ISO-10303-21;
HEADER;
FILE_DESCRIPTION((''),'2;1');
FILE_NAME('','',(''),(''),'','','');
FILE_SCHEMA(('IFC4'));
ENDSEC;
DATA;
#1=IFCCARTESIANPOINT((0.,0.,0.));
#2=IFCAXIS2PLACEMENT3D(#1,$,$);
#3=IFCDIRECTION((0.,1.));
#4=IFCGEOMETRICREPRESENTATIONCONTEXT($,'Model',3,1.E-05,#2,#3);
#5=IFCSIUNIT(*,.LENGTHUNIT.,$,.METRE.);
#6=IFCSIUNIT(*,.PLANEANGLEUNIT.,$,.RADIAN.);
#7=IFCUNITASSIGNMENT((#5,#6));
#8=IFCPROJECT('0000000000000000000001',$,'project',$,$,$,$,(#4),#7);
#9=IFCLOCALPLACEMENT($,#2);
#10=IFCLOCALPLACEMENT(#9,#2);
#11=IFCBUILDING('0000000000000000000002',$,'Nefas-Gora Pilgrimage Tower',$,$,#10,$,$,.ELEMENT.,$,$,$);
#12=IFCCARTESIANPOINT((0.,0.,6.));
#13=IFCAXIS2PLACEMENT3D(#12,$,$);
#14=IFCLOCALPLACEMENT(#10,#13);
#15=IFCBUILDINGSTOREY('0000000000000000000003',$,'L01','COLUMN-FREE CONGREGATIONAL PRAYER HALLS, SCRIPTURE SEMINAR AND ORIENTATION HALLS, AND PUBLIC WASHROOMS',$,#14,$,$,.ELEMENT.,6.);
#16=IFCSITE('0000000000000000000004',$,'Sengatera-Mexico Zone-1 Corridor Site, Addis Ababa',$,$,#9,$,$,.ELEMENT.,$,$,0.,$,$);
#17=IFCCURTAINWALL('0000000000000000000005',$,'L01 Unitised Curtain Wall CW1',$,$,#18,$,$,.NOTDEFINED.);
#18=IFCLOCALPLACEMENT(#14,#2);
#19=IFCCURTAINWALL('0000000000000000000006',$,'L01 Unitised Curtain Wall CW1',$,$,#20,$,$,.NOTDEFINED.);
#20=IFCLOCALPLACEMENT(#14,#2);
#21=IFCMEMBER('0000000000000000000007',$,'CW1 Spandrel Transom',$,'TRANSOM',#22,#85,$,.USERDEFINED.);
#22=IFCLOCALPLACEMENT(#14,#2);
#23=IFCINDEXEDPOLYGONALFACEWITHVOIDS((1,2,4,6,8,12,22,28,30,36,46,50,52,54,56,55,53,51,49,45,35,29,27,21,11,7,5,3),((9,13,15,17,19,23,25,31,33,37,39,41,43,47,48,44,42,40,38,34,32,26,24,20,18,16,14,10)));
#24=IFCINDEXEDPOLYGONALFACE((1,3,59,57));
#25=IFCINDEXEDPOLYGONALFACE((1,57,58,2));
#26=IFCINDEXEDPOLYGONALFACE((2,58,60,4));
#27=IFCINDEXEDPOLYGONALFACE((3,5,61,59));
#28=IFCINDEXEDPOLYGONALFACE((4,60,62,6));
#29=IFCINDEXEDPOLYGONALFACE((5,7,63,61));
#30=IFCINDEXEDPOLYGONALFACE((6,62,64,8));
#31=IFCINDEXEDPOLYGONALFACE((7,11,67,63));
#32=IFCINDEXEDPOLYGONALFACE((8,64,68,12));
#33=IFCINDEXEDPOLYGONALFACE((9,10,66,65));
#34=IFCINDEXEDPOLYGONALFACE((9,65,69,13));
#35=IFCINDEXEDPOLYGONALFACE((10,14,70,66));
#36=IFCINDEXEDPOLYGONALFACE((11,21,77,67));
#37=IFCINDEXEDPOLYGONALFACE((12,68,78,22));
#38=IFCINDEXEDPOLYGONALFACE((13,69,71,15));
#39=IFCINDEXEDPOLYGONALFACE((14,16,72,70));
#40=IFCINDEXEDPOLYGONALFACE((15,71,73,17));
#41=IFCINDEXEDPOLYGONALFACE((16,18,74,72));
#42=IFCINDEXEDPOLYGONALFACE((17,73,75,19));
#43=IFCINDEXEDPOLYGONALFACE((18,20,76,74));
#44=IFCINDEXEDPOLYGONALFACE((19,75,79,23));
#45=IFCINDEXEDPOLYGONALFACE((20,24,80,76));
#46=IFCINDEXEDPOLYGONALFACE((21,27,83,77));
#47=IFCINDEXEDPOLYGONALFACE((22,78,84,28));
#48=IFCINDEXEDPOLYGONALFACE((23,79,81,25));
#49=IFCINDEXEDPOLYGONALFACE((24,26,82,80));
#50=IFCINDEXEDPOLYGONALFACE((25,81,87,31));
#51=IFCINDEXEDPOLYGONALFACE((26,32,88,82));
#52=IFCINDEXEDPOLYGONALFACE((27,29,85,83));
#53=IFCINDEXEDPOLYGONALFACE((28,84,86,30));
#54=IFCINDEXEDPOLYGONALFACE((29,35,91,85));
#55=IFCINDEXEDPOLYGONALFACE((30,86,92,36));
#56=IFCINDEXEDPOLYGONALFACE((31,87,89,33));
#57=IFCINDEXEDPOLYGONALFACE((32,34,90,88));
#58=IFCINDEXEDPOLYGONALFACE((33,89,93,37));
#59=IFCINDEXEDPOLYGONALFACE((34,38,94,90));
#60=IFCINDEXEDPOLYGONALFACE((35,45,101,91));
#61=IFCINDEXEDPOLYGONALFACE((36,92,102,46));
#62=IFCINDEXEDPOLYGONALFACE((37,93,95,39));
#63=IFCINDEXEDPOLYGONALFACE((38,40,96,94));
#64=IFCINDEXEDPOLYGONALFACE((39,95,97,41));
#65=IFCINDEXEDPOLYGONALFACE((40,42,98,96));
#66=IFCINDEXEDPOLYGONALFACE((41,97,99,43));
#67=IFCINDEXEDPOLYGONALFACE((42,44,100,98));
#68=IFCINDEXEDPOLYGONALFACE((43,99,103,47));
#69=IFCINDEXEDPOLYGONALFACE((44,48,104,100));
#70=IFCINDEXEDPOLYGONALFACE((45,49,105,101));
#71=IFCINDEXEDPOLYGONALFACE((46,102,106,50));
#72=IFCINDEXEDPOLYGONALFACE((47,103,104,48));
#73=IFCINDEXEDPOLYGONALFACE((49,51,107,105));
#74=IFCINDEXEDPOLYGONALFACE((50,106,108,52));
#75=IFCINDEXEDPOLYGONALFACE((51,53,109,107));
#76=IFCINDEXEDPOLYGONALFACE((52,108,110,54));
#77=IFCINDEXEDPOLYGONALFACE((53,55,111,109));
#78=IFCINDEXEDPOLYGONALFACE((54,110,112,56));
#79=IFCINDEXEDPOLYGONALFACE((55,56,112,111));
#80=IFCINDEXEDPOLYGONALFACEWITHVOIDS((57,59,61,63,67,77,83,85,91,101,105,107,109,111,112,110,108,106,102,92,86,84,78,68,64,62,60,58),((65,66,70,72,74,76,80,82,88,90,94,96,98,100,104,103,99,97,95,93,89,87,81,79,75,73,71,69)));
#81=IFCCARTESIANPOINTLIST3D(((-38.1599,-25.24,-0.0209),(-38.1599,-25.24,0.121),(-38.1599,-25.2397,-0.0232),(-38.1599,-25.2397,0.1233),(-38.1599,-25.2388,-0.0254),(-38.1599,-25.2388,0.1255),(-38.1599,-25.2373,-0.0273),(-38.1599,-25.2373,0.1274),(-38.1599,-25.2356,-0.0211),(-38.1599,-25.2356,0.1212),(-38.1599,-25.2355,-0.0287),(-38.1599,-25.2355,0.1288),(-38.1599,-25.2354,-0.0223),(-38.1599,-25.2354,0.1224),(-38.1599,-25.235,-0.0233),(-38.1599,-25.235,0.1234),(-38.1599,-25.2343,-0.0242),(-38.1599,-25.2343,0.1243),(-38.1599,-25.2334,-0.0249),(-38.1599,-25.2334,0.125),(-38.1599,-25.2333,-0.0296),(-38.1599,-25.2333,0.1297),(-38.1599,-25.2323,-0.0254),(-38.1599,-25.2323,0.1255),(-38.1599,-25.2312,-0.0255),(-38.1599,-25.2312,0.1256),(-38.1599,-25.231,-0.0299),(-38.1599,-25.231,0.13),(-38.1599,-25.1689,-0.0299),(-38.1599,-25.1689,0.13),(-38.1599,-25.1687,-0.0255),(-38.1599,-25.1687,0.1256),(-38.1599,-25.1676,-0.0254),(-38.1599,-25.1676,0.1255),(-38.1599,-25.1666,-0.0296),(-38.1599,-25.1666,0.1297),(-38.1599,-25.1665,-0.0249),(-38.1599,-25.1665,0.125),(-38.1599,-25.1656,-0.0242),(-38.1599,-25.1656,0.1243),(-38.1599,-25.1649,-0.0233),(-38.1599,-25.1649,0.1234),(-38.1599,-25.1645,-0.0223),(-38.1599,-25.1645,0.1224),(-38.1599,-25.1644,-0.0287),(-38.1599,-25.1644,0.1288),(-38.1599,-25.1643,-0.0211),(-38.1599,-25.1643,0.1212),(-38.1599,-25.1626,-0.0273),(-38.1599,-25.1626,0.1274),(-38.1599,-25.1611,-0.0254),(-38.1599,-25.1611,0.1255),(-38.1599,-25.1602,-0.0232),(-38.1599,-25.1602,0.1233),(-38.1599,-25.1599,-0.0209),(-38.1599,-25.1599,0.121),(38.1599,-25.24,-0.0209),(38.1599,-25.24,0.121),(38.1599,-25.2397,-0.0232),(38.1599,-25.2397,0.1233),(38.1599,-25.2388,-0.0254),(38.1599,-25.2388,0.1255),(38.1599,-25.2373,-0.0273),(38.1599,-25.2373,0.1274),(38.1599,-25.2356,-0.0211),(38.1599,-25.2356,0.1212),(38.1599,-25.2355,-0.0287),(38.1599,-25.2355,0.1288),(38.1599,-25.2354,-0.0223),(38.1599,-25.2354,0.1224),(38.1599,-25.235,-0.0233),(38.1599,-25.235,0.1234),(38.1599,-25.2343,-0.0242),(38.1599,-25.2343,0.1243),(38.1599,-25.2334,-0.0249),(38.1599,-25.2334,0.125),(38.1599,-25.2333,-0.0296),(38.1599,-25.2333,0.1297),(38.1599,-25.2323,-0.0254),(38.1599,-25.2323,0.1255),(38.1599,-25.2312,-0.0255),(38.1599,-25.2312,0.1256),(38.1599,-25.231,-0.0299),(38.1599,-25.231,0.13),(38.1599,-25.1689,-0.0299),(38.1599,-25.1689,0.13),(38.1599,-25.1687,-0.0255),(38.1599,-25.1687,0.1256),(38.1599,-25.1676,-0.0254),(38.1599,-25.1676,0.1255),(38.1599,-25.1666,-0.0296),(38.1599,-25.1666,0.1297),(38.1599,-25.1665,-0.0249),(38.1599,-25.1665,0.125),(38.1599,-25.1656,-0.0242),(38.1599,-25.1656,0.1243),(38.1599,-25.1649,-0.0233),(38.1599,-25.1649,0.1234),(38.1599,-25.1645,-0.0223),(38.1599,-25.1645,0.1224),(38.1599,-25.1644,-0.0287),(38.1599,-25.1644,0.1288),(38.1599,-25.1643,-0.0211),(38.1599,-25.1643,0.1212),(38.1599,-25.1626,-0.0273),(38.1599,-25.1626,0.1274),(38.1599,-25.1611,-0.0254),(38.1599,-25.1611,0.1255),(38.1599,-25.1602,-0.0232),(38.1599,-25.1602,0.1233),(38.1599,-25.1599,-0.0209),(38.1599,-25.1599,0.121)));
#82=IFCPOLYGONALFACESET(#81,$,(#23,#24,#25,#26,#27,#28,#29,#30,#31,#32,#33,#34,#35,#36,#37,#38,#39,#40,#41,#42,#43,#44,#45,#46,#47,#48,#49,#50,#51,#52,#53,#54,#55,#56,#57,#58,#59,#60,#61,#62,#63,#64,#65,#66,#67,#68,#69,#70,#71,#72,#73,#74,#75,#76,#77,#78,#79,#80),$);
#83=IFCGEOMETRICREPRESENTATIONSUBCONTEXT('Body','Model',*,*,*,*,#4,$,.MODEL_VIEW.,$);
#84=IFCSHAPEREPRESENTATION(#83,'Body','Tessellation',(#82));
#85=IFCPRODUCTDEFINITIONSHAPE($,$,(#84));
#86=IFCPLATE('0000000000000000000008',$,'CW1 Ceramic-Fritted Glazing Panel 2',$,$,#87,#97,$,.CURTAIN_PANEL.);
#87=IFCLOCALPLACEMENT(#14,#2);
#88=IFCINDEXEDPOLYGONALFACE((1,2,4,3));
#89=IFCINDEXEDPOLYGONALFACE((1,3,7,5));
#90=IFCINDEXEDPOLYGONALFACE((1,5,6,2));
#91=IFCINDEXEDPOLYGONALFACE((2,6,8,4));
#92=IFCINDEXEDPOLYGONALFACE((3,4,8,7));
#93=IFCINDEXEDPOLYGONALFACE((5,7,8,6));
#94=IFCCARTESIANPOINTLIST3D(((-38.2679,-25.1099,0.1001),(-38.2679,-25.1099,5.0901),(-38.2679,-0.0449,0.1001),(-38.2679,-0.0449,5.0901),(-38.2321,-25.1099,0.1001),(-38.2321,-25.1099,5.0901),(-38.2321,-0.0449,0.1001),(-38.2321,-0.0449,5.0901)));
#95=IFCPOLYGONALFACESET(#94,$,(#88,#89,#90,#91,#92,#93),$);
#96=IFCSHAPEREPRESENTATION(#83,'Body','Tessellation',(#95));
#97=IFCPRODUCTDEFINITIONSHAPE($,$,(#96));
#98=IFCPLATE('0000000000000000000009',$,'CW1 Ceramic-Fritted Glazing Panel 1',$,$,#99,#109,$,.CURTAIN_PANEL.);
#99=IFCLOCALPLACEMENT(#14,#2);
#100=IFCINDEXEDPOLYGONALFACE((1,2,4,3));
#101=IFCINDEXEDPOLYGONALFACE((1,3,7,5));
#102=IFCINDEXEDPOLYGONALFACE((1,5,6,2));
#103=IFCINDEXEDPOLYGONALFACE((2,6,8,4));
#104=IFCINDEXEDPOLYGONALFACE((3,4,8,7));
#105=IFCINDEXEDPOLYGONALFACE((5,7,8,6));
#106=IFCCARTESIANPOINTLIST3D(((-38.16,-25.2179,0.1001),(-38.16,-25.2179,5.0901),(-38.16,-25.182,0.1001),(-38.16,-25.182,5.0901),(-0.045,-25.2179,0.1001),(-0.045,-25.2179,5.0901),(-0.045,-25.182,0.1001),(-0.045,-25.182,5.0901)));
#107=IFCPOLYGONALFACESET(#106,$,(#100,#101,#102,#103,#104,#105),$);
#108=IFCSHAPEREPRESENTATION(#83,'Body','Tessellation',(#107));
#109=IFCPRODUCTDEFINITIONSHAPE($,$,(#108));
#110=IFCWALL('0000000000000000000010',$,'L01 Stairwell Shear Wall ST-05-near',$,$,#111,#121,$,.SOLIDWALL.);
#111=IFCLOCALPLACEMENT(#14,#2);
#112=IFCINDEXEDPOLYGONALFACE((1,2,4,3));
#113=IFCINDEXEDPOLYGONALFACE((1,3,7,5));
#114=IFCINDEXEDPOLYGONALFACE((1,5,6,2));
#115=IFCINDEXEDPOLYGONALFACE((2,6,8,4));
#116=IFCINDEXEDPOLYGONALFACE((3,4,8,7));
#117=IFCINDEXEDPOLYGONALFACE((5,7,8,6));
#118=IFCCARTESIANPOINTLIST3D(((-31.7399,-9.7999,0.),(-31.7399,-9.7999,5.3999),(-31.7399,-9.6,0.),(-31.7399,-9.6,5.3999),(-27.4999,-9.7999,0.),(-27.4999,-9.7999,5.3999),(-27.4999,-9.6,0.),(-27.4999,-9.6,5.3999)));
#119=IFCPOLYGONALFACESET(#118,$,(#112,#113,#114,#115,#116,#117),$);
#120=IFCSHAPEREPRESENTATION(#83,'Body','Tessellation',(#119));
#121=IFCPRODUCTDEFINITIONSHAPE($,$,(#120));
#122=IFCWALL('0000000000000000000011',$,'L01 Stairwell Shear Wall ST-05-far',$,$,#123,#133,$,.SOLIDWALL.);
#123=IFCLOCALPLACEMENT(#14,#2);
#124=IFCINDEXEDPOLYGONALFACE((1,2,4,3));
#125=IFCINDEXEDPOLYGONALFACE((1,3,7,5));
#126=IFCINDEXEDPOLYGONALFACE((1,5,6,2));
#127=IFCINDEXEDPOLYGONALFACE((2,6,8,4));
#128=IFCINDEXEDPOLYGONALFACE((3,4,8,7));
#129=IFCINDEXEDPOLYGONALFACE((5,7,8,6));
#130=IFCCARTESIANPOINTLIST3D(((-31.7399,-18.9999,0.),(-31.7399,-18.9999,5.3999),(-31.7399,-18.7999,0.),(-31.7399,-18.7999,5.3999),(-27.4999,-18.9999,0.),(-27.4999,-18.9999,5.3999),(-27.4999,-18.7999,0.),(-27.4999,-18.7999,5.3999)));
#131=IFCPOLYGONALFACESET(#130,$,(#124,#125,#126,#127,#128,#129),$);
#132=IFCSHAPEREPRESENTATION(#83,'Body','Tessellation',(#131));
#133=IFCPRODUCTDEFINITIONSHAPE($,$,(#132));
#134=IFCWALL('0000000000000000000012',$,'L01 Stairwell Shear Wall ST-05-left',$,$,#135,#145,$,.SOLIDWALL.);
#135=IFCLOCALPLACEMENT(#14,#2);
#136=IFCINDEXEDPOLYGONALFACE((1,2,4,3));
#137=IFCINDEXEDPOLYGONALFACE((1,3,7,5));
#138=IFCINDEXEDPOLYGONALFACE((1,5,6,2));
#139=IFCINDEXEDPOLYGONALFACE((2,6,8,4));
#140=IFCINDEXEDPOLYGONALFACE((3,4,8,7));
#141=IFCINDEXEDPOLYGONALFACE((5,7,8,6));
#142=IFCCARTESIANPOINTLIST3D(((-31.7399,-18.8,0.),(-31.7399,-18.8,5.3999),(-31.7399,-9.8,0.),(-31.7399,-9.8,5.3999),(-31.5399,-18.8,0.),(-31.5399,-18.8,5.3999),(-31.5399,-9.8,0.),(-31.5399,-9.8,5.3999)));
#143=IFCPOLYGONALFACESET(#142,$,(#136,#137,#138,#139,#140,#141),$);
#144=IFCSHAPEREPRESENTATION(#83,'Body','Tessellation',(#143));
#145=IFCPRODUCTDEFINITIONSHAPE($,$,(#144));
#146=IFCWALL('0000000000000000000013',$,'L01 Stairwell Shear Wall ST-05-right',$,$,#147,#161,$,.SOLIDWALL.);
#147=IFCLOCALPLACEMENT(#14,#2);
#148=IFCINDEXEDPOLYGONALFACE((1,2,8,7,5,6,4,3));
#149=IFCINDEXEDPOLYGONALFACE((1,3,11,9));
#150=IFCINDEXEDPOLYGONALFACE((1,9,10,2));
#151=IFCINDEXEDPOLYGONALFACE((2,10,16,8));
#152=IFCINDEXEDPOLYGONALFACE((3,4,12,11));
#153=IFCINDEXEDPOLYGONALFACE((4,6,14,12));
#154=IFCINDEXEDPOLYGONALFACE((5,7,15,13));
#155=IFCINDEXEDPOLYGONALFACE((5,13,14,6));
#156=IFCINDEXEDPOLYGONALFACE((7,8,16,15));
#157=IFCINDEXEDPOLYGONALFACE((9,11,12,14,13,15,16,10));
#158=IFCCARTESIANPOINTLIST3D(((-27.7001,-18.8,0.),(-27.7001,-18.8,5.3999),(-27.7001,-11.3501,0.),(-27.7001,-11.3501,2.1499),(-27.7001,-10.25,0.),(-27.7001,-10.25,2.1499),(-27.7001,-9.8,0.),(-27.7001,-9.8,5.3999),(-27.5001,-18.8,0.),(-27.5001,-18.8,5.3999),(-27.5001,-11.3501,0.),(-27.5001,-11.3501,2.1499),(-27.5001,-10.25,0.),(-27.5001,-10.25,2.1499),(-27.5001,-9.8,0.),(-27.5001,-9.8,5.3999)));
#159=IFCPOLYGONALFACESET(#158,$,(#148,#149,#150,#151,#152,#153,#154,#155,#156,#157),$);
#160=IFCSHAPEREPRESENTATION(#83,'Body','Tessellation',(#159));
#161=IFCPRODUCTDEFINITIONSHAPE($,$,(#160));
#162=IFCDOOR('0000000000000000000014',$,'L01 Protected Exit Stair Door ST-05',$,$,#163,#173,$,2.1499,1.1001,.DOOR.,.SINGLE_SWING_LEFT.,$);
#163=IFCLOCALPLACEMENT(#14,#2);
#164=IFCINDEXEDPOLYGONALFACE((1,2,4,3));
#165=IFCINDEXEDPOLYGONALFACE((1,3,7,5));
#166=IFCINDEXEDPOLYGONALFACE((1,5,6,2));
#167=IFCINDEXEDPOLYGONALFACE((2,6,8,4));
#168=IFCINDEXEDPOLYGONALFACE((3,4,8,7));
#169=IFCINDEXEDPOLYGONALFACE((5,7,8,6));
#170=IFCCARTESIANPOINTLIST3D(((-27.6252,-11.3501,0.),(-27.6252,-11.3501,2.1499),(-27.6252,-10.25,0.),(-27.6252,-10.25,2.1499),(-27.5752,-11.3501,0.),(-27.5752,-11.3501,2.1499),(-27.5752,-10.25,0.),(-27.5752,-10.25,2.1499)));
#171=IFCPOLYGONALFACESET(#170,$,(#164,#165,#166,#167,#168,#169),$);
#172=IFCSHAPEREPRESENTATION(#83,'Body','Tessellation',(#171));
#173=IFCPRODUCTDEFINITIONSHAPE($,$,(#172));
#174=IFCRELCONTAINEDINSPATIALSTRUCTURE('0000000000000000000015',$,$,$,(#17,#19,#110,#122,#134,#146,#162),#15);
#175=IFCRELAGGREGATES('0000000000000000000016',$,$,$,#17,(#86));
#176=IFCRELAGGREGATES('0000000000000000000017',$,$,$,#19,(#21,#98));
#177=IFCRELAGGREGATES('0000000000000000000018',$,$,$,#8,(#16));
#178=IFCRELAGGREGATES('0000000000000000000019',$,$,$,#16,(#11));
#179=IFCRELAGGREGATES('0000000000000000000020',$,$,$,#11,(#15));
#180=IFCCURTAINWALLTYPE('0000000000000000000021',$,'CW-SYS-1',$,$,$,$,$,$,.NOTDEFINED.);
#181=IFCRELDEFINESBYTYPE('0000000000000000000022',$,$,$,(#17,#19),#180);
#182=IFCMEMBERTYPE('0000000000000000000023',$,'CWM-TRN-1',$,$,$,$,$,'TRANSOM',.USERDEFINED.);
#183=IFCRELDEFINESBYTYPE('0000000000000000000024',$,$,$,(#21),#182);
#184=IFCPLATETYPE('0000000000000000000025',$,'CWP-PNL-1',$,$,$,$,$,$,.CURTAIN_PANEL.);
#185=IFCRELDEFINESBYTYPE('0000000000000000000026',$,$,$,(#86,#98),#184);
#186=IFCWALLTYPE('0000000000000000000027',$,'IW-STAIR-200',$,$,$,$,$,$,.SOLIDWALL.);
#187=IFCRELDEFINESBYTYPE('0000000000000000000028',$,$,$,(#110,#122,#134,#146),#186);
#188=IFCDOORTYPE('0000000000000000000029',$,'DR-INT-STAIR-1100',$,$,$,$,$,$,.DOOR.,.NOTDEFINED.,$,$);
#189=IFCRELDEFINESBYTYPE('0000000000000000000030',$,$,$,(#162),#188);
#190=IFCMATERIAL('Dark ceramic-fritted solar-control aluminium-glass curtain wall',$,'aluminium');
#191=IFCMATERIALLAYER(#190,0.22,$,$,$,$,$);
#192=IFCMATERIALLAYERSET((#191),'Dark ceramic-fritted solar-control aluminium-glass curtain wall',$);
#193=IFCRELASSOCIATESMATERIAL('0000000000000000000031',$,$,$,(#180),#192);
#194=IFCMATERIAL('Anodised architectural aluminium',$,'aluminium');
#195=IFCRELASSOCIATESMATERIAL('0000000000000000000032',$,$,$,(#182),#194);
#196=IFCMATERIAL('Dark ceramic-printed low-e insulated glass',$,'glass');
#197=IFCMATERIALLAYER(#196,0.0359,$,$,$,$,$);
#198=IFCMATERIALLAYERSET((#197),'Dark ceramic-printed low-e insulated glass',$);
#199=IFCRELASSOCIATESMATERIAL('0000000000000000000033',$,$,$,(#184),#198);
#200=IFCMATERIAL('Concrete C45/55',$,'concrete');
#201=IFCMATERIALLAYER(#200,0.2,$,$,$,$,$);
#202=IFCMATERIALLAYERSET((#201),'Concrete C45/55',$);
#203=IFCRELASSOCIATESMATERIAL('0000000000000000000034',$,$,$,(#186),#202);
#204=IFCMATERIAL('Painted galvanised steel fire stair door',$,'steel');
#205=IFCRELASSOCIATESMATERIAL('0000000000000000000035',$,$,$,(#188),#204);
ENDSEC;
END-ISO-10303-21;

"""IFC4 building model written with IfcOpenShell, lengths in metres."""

from ifc_helpers import new_model, si_unit, direction, frame, frame_2d, origin, origin_2d, place, context, subcontext, project, spatial, rectangle, hollow_rectangle, extrude, source, transform, mapped, material, layer, layer_set, material_profile, profile_set, type_object, element, fill, aggregate, save


model = new_model("IFC4")

# Units and contexts
model_context = context("Model", 3, precision=1e-05, world=origin(), true_north=direction((0.0, 1.0)))
body_context = subcontext(model_context, "Body", "Model", "MODEL_VIEW")
ifc_project = project(units=[si_unit("LENGTHUNIT", "METRE"), si_unit("PLANEANGLEUNIT", "RADIAN")], contexts=[model_context])

# Site, building, storey
site_placement = place(None, origin())
site = spatial("IfcSite", under=ifc_project, at=site_placement, Name="Sengatera-Mexico Zone-1 Corridor Site, Addis Ababa", CompositionType="ELEMENT", RefElevation=0.0)
building_placement = place(site_placement, origin())
building = spatial("IfcBuilding", under=site, at=building_placement, Name="Nefas-Gora Pilgrimage Tower", CompositionType="ELEMENT")
storey_placement = place(building_placement, frame((0.0, 0.0, 6.0)))
storey = spatial("IfcBuildingStorey", under=building, at=storey_placement, Name="L01", Description="COLUMN-FREE CONGREGATIONAL PRAYER HALLS, SCRIPTURE SEMINAR AND ORIENTATION HALLS, AND PUBLIC WASHROOMS", CompositionType="ELEMENT", Elevation=6.0)

# Curtain wall
ifc_material_1 = material(Name="Dark ceramic-fritted solar-control aluminium-glass curtain wall", Category="aluminium")
ifc_layer_1 = layer(ifc_material_1, 0.22)
ifc_layer_set_1 = layer_set([ifc_layer_1], Name="Dark ceramic-fritted solar-control aluminium-glass curtain wall")
curtain_wall_type = type_object("IfcCurtainWallType", Name="CW-SYS-1", PredefinedType="NOTDEFINED", material=ifc_layer_set_1)
curtain_wall_1_placement = place(storey_placement, origin())
curtain_wall_1 = element("IfcCurtainWall", 1, at=curtain_wall_1_placement, inside=storey, type_object=curtain_wall_type, Name="L01 Unitised Curtain Wall CW1", PredefinedType="NOTDEFINED")
ifc_material_2 = material(Name="Anodised architectural aluminium", Category="aluminium")

# Curtain wall, member
curtain_wall_2_placement = place(storey_placement, origin())
curtain_wall_2 = element("IfcCurtainWall", 2, at=curtain_wall_2_placement, inside=storey, type_object=curtain_wall_type, Name="L01 Unitised Curtain Wall CW1", PredefinedType="NOTDEFINED")
ifc_material_profile_1 = material_profile(ifc_material_2, hollow_rectangle(XDim=0.0801, YDim=0.1599, WallThickness=0.0044, InnerFilletRadius=0.0044, OuterFilletRadius=0.009, at=origin_2d()), Name="ALU TRANSOM 80x160")
ifc_profile_set_1 = profile_set([ifc_material_profile_1], Name="Anodised architectural aluminium")
member_type_1 = type_object("IfcMemberType", Name="CWM-TRN-1", ElementType="TRANSOM", PredefinedType="USERDEFINED", material=ifc_profile_set_1)
shared_shape_1 = source(origin(), body_context, "Body", "SweptSolid", [
    extrude(hollow_rectangle(XDim=0.0801, YDim=0.1599, WallThickness=0.0044, InnerFilletRadius=0.0044, OuterFilletRadius=0.009, at=origin_2d()), origin(), (0.0, 0.0, 1.0), 76.3198),
])
member_1_placement = place(storey_placement, frame((-38.1599, -25.2, 0.05), z_axis=(1.0, 0.0, 0.0), x_axis=(0.0, 1.0, 0.0)))
member_1 = element("IfcMember", 3, at=member_1_placement, type_object=member_type_1, Name="CW1 Spandrel Transom", ObjectType="TRANSOM", PredefinedType="USERDEFINED", context=body_context, shape_type="MappedRepresentation", body=[
    mapped(shared_shape_1, transform((0.0, 0.0, 0.0), x_axis=(1.0, 0.0, 0.0), y_axis=(0.0, 1.0, 0.0), z_axis=(0.0, 0.0, 1.0), scale=1.0)),
])

# Plates
ifc_material_3 = material(Name="Dark ceramic-printed low-e insulated glass", Category="glass")
ifc_layer_2 = layer(ifc_material_3, 0.0359)
ifc_layer_set_2 = layer_set([ifc_layer_2], Name="Dark ceramic-printed low-e insulated glass")
plate_type = type_object("IfcPlateType", Name="CWP-PNL-1", PredefinedType="CURTAIN_PANEL", material=ifc_layer_set_2)
shared_shape_2 = source(origin(), body_context, "Body", "SweptSolid", [
    extrude(rectangle(XDim=25.0649, YDim=0.0359, at=origin_2d()), origin(), (0.0, 0.0, 1.0), 4.99),
])
plate_1_placement = place(storey_placement, frame((-38.25, -12.5774, 0.1001), z_axis=(0.0, 0.0, 1.0), x_axis=(0.0, -1.0, 0.0)))
plate_1 = element("IfcPlate", 4, at=plate_1_placement, type_object=plate_type, Name="CW1 Ceramic-Fritted Glazing Panel 2", PredefinedType="CURTAIN_PANEL", context=body_context, shape_type="MappedRepresentation", body=[
    mapped(shared_shape_2, transform((0.0, 0.0, 0.0), x_axis=(1.0, 0.0, 0.0), y_axis=(0.0, 1.0, 0.0), z_axis=(0.0, 0.0, 1.0), scale=1.0)),
])
aggregate(curtain_wall_1, [plate_1])
shared_shape_3 = source(origin(), body_context, "Body", "SweptSolid", [
    extrude(rectangle(XDim=38.115, YDim=0.0359, at=origin_2d()), origin(), (0.0, 0.0, 1.0), 4.99),
])
plate_2_placement = place(storey_placement, frame((-19.1025, -25.2, 0.1001), z_axis=(0.0, 0.0, 1.0), x_axis=(1.0, 0.0, 0.0)))
plate_2 = element("IfcPlate", 5, at=plate_2_placement, type_object=plate_type, Name="CW1 Ceramic-Fritted Glazing Panel 1", PredefinedType="CURTAIN_PANEL", context=body_context, shape_type="MappedRepresentation", body=[
    mapped(shared_shape_3, transform((0.0, 0.0, 0.0), x_axis=(1.0, 0.0, 0.0), y_axis=(0.0, 1.0, 0.0), z_axis=(0.0, 0.0, 1.0), scale=1.0)),
])
aggregate(curtain_wall_2, [member_1, plate_2])

# Walls
ifc_material_4 = material(Name="Concrete C45/55", Category="concrete")
ifc_layer_3 = layer(ifc_material_4, 0.2)
ifc_layer_set_3 = layer_set([ifc_layer_3], Name="Concrete C45/55")
wall_type_1 = type_object("IfcWallType", Name="IW-STAIR-200", PredefinedType="SOLIDWALL", material=ifc_layer_set_3)
shared_shape_4 = source(origin(), body_context, "Body", "SweptSolid", [
    extrude(rectangle(XDim=4.24, YDim=0.2, at=frame_2d((2.1201, 0.0))), origin(), (0.0, 0.0, 1.0), 5.3999),
])
for number, where, z_axis, x_axis, name in (
    (6, (-31.74, -9.7, 0.0), (0.0, 0.0, 1.0), (1.0, 0.0, 0.0), "L01 Stairwell Shear Wall ST-05-near"),
    (7, (-31.74, -18.8999, 0.0), (0.0, 0.0, 1.0), (1.0, 0.0, 0.0), "L01 Stairwell Shear Wall ST-05-far"),
):
    element("IfcWall", number, at=place(storey_placement, frame(where, z_axis=z_axis, x_axis=x_axis)), inside=storey, type_object=wall_type_1, Name=name, PredefinedType="SOLIDWALL", context=body_context, shape_type="MappedRepresentation", body=[
        mapped(shared_shape_4, transform((0.0, 0.0, 0.0), x_axis=(1.0, 0.0, 0.0), y_axis=(0.0, 1.0, 0.0), z_axis=(0.0, 0.0, 1.0), scale=1.0)),
    ])
shared_shape_5 = source(origin(), body_context, "Body", "SweptSolid", [
    extrude(rectangle(XDim=9.0, YDim=0.2, at=frame_2d((4.5, 0.0))), origin(), (0.0, 0.0, 1.0), 5.3999),
])
wall_1_placement = place(storey_placement, frame((-31.6399, -9.8, 0.0), z_axis=(0.0, 0.0, 1.0), x_axis=(0.0, -1.0, 0.0)))
element("IfcWall", 8, at=wall_1_placement, inside=storey, type_object=wall_type_1, Name="L01 Stairwell Shear Wall ST-05-left", PredefinedType="SOLIDWALL", context=body_context, shape_type="MappedRepresentation", body=[
    mapped(shared_shape_5, transform((0.0, 0.0, 0.0), x_axis=(1.0, 0.0, 0.0), y_axis=(0.0, 1.0, 0.0), z_axis=(0.0, 0.0, 1.0), scale=1.0)),
])

# Wall, opening, door
wall_2_placement = place(storey_placement, frame((-27.6001, -9.8, 0.0), z_axis=(0.0, 0.0, 1.0), x_axis=(0.0, -1.0, 0.0)))
wall_2 = element("IfcWall", 9, at=wall_2_placement, inside=storey, type_object=wall_type_1, Name="L01 Stairwell Shear Wall ST-05-right", PredefinedType="SOLIDWALL", context=body_context, shape_type="MappedRepresentation", body=[
    mapped(shared_shape_5, transform((0.0, 0.0, 0.0), x_axis=(1.0, 0.0, 0.0), y_axis=(0.0, 1.0, 0.0), z_axis=(0.0, 0.0, 1.0), scale=1.0)),
])
opening_1_placement = place(wall_2_placement, frame((0.45, 0.0, 0.0)))
opening_1 = element("IfcOpeningElement", 10, at=opening_1_placement, cuts=wall_2, PredefinedType="OPENING", context=body_context, shape_type="SweptSolid", body=[
    extrude(rectangle(XDim=1.1001, YDim=2.1499, at=frame_2d((0.55, 1.075))), frame((0.0, 0.1099, 0.0), z_axis=(0.0, -1.0, 0.0), x_axis=(1.0, 0.0, 0.0)), (0.0, 0.0, 1.0), 0.22),
])
ifc_material_5 = material(Name="Painted galvanised steel fire stair door", Category="steel")
door_type_1 = type_object("IfcDoorType", Name="DR-INT-STAIR-1100", OperationType="NOTDEFINED", PredefinedType="DOOR", material=ifc_material_5)
shared_shape_6 = source(origin(), body_context, "Body", "SweptSolid", [
    extrude(rectangle(XDim=1.1001, YDim=2.1499, at=frame_2d((0.55, 1.075))), frame((0.0, 0.0249, 0.0), z_axis=(0.0, -1.0, 0.0), x_axis=(1.0, 0.0, 0.0)), (0.0, 0.0, 1.0), 0.05),
])
door_1_placement = place(opening_1_placement, origin())
door_1 = element("IfcDoor", 11, at=door_1_placement, inside=storey, type_object=door_type_1, Name="L01 Protected Exit Stair Door ST-05", OperationType="SINGLE_SWING_LEFT", OverallHeight=2.1499, OverallWidth=1.1001, PredefinedType="DOOR", context=body_context, shape_type="MappedRepresentation", body=[
    mapped(shared_shape_6, transform((0.0, 0.0, 0.0), x_axis=(1.0, 0.0, 0.0), y_axis=(0.0, 1.0, 0.0), z_axis=(0.0, 0.0, 1.0), scale=1.0)),
])
fill(opening_1, door_1)

save(model, "model.ifc")
